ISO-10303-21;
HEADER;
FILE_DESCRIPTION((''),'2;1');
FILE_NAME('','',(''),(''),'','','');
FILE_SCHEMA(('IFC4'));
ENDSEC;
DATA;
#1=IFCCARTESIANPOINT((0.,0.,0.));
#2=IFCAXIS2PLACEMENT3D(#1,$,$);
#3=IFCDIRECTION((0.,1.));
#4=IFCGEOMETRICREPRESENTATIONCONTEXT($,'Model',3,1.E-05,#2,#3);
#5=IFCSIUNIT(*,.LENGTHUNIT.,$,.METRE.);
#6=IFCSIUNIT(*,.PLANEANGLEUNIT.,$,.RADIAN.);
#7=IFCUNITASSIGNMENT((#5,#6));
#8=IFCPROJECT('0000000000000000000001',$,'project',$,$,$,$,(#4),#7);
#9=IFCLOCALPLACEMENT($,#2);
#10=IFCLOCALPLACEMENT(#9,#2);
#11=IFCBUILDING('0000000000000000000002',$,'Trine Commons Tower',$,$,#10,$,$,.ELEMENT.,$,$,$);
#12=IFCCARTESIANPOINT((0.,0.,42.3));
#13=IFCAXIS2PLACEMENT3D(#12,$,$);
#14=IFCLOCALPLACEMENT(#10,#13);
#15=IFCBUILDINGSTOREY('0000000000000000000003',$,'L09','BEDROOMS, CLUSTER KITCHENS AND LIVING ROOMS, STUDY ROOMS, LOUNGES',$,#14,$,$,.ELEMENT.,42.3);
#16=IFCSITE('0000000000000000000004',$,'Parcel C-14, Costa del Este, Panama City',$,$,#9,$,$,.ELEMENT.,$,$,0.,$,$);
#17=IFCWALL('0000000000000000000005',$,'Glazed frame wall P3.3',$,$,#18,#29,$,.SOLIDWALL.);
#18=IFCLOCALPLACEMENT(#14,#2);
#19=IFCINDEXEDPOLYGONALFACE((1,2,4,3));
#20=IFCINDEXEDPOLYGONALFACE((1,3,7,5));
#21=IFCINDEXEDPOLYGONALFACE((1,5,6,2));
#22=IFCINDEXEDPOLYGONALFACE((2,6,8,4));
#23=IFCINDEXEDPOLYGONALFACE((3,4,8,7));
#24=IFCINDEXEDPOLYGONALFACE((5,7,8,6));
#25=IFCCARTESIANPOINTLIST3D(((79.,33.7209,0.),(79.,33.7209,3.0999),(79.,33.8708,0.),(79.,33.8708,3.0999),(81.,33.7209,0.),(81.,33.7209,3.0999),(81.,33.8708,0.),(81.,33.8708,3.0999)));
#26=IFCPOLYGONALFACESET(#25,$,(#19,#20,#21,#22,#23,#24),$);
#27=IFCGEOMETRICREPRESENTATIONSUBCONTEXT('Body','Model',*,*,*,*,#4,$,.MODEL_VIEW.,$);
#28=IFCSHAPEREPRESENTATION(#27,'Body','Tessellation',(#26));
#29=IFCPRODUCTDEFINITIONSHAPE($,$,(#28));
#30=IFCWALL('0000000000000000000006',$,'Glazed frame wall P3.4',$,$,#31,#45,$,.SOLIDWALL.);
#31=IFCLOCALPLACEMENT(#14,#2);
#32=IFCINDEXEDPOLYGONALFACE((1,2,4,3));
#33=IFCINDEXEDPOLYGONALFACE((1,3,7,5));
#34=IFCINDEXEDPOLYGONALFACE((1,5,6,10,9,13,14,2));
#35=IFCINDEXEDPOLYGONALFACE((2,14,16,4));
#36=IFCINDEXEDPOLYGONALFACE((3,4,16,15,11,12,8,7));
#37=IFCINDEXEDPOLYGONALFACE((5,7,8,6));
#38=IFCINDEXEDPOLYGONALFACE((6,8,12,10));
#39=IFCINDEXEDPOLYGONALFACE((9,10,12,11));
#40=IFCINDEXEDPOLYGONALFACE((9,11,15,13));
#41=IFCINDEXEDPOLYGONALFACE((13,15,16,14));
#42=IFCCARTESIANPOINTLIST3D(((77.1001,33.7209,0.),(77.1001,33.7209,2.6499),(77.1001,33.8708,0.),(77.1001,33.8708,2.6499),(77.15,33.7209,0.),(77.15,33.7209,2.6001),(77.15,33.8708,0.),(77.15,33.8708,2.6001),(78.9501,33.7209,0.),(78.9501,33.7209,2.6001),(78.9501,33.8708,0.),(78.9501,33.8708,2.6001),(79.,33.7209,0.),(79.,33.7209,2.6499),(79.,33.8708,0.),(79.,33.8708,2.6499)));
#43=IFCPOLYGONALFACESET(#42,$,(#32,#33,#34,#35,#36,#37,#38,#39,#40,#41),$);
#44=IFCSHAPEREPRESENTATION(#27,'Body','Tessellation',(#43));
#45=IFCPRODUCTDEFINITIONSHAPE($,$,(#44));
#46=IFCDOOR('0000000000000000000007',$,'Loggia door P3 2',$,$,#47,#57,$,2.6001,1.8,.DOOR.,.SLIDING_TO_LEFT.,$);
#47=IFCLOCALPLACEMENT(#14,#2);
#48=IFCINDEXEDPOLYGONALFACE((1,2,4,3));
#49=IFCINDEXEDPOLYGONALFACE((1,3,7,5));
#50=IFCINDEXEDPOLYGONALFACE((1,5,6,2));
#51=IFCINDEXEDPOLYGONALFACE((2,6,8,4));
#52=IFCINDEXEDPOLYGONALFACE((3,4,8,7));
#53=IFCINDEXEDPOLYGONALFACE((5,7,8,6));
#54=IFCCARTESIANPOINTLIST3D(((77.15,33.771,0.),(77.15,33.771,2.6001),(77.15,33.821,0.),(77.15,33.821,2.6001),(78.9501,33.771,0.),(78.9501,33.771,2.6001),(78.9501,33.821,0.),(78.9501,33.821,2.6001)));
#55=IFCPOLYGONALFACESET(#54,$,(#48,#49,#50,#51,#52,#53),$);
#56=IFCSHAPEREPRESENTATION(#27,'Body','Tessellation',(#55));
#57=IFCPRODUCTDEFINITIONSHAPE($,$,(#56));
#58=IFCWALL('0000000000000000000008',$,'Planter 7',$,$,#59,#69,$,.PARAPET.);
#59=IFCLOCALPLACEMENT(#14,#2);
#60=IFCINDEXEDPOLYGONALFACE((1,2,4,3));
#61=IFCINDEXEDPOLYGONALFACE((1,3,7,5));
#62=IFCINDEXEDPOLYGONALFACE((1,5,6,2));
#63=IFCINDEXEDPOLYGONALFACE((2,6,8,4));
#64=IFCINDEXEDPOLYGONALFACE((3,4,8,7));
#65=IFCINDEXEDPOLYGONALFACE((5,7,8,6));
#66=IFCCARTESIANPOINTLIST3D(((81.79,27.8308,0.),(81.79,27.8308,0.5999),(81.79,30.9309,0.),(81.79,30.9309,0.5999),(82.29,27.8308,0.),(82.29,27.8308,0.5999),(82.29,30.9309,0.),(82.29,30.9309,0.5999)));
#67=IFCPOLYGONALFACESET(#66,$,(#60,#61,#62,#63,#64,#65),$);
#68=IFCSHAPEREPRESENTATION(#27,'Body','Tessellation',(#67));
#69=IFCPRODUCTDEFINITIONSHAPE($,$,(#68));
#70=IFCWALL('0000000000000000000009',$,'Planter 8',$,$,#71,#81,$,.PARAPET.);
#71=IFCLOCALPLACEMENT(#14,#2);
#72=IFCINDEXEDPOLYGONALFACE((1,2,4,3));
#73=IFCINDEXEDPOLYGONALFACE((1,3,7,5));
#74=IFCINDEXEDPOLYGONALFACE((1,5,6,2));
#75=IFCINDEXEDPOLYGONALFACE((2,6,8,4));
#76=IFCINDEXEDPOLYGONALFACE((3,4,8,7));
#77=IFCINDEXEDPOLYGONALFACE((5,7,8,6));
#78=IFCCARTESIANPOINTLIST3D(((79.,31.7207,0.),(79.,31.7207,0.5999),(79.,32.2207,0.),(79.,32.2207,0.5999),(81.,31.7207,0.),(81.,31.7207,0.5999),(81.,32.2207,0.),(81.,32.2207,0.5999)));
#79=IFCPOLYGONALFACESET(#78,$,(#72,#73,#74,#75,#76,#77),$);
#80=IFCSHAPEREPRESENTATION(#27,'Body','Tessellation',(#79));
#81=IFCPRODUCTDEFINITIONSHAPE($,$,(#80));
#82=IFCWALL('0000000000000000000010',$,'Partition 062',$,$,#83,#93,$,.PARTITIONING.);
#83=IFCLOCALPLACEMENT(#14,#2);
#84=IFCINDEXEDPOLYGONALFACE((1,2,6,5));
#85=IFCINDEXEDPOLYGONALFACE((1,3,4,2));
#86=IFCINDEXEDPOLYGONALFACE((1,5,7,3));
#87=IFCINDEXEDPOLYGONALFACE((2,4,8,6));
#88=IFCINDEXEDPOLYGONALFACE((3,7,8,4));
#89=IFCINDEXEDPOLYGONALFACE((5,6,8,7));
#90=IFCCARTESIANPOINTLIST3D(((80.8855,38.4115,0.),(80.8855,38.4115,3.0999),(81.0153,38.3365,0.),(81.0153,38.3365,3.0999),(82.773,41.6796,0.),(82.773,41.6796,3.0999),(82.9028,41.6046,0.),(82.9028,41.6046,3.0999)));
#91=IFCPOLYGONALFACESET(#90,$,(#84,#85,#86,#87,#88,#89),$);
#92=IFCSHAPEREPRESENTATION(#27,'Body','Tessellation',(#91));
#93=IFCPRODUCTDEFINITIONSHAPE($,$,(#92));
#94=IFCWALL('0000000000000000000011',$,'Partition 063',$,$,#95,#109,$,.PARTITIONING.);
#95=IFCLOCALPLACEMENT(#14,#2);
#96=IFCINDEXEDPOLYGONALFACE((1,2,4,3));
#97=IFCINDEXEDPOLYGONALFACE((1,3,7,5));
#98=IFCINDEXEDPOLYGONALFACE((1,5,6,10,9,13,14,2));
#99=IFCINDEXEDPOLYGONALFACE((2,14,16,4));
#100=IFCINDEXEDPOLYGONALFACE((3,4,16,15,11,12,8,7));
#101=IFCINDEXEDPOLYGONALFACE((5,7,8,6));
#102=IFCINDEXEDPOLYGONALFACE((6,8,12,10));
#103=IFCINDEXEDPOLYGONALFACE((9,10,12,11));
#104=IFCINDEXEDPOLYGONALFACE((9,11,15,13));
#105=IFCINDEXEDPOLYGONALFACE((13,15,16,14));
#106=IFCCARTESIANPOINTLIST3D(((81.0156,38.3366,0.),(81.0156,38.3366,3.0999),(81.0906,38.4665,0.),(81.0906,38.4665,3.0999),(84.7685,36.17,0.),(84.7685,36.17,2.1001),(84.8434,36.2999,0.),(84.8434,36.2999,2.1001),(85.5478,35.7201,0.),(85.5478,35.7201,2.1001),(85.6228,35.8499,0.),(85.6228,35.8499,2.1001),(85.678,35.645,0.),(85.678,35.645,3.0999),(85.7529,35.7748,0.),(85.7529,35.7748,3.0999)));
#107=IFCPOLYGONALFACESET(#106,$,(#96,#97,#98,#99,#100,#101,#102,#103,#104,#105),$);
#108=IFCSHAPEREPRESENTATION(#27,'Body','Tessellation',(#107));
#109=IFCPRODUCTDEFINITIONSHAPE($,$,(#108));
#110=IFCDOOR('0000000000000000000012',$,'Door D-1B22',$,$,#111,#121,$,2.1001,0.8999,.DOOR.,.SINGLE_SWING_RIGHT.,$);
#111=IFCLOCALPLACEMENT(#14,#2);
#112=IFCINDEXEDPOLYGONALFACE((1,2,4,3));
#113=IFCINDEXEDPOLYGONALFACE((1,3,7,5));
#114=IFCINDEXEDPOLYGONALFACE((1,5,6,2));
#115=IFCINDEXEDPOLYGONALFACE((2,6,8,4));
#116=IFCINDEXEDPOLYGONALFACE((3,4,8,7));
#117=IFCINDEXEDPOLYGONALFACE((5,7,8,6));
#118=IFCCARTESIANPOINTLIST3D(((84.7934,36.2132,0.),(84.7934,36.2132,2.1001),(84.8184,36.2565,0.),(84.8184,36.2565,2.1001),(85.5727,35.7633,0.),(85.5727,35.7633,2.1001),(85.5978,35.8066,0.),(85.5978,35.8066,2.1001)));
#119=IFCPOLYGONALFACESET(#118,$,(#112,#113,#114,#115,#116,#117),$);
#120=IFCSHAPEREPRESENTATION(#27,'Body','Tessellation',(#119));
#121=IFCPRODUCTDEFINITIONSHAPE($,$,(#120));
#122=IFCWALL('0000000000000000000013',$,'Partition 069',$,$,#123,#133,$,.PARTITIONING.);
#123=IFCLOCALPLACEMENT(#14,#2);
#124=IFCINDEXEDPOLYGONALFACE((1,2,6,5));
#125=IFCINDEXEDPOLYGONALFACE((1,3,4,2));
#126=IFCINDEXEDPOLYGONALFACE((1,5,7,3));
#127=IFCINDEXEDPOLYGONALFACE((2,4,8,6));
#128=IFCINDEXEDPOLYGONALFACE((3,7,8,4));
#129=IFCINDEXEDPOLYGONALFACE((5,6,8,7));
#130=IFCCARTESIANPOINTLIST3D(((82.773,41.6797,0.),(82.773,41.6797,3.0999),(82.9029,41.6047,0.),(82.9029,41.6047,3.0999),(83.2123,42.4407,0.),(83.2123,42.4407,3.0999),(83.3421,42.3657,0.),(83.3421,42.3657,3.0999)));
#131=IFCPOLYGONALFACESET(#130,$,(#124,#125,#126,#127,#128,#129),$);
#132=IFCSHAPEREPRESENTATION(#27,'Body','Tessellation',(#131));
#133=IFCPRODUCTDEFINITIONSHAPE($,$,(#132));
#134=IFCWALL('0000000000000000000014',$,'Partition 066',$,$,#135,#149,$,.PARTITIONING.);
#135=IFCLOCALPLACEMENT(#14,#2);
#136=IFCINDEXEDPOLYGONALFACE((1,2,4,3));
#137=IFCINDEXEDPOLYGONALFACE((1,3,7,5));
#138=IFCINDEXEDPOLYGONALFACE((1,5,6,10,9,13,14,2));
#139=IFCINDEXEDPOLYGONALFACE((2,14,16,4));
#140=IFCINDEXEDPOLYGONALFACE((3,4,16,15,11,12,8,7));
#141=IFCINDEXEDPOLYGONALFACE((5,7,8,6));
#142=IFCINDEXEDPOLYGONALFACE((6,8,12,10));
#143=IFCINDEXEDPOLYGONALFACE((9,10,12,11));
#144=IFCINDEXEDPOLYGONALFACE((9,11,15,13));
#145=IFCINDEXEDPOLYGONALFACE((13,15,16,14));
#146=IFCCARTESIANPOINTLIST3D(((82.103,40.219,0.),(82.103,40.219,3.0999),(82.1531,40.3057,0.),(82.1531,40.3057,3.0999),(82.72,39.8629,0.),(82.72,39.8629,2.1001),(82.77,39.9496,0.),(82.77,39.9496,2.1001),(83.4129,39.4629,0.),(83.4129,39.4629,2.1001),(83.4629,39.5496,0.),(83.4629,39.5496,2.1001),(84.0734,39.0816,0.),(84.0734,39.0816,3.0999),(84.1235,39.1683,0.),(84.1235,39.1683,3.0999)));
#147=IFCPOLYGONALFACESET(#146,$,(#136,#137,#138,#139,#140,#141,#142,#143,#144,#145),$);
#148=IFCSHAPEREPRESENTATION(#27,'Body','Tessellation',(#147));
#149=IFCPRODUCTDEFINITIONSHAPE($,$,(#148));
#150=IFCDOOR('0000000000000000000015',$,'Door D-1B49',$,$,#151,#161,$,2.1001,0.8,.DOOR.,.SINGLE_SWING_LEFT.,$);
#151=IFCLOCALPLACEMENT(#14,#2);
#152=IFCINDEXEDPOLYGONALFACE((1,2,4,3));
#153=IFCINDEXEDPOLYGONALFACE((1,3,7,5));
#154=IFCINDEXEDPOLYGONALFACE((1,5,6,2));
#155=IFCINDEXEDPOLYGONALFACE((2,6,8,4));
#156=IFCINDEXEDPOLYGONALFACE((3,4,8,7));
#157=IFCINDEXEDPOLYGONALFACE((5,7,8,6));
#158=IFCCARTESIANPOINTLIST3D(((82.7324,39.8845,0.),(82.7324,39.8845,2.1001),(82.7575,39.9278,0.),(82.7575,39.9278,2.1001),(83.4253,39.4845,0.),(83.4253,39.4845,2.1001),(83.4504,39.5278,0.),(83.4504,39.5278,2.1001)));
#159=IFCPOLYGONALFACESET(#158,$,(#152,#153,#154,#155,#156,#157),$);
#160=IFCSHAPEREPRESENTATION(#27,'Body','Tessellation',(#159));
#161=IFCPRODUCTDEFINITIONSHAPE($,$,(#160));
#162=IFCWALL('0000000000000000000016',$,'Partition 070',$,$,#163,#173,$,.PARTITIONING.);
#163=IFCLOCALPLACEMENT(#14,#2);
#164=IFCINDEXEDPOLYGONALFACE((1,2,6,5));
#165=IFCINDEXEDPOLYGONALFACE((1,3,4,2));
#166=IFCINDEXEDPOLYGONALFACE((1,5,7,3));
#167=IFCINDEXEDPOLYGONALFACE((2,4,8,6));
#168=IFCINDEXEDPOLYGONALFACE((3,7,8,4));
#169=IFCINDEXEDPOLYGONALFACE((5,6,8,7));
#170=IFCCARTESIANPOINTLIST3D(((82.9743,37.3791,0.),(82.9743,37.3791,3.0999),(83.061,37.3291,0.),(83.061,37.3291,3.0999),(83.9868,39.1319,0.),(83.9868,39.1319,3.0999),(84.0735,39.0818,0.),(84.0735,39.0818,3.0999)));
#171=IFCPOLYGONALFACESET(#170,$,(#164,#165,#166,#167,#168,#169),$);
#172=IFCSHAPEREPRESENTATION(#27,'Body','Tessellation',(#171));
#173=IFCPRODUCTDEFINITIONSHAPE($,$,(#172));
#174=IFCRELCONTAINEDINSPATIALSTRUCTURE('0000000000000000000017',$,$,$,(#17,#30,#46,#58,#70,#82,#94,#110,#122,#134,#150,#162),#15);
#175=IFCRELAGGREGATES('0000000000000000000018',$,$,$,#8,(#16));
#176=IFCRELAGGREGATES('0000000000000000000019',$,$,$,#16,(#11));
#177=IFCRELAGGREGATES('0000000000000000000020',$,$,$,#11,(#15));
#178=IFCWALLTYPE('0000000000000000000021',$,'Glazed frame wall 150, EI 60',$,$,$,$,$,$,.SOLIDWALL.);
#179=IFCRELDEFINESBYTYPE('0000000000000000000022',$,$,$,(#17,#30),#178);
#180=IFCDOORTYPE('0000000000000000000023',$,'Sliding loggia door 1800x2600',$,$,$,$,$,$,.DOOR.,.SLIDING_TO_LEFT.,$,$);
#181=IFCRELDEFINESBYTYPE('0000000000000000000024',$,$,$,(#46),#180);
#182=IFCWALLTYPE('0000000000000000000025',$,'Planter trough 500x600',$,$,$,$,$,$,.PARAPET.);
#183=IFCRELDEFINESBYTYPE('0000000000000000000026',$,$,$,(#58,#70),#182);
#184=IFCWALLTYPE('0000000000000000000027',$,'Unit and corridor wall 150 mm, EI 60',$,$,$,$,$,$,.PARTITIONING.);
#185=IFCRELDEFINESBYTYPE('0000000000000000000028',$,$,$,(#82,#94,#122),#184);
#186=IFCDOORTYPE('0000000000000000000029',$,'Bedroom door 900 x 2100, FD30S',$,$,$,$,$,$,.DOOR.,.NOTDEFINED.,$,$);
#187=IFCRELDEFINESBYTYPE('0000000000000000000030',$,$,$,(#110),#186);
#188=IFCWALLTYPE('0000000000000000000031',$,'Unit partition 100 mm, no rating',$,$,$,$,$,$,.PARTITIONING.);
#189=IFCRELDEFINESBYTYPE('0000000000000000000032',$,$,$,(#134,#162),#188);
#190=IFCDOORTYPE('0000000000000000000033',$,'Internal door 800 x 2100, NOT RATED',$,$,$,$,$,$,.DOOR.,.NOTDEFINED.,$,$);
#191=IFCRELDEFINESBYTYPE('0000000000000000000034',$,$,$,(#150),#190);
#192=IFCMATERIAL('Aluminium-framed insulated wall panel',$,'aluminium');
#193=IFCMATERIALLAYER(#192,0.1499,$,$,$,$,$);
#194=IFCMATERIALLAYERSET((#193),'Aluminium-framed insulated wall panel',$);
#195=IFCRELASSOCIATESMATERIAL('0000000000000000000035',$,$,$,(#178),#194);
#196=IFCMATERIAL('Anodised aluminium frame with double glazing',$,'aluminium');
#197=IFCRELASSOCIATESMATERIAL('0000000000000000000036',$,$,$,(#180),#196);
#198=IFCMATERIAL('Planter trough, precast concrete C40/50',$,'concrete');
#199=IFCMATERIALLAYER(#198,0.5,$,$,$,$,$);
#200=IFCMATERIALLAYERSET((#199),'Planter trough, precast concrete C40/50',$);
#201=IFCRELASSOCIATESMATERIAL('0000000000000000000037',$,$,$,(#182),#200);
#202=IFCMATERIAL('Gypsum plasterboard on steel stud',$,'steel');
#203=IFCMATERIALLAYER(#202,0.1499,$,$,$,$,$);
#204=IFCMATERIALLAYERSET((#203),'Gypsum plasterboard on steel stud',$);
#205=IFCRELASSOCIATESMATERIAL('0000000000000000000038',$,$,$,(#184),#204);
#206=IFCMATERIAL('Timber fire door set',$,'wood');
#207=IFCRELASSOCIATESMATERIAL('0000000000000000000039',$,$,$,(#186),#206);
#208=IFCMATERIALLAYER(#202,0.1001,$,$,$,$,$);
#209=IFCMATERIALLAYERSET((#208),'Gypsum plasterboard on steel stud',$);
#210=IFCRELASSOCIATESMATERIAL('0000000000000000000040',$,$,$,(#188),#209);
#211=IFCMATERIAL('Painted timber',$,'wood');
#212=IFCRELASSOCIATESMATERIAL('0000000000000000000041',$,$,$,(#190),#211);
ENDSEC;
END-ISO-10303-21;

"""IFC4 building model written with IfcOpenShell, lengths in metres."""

from ifc_helpers import new_model, si_unit, direction, frame, frame_2d, origin, place, context, subcontext, project, spatial, polyline, rectangle, outline, extrude, material, layer, layer_set, type_object, element, fill, save


model = new_model("IFC4")

# Units and contexts
model_context = context("Model", 3, precision=1e-05, world=origin(), true_north=direction((0.0, 1.0)))
body_context = subcontext(model_context, "Body", "Model", "MODEL_VIEW")
ifc_project = project(units=[si_unit("LENGTHUNIT", "METRE"), si_unit("PLANEANGLEUNIT", "RADIAN")], contexts=[model_context])

# Site, building, storey
site_placement = place(None, origin())
site = spatial("IfcSite", under=ifc_project, at=site_placement, Name="Parcel C-14, Costa del Este, Panama City", CompositionType="ELEMENT", RefElevation=0.0)
building_placement = place(site_placement, origin())
building = spatial("IfcBuilding", under=site, at=building_placement, Name="Trine Commons Tower", CompositionType="ELEMENT")
storey_placement = place(building_placement, frame((0.0, 0.0, 42.3)))
storey = spatial("IfcBuildingStorey", under=building, at=storey_placement, Name="L09", Description="BEDROOMS, CLUSTER KITCHENS AND LIVING ROOMS, STUDY ROOMS, LOUNGES", CompositionType="ELEMENT", Elevation=42.3)

# Shared definitions
ifc_material_1 = material(Name="Aluminium-framed insulated wall panel", Category="aluminium")
ifc_layer_1 = layer(ifc_material_1, 0.1499)
ifc_layer_set_1 = layer_set([ifc_layer_1], Name="Aluminium-framed insulated wall panel")
wall_type_1 = type_object("IfcWallType", Name="Glazed frame wall 150, EI 60", PredefinedType="SOLIDWALL", material=ifc_layer_set_1)

# Shared definitions
ifc_material_2 = material(Name="Anodised aluminium frame with double glazing", Category="aluminium")
door_type_1 = type_object("IfcDoorType", Name="Sliding loggia door 1800x2600", OperationType="SLIDING_TO_LEFT", PredefinedType="DOOR", material=ifc_material_2)

# Wall
wall_1_placement = place(storey_placement, frame((81.0, 33.7959, 0.0), z_axis=(0.0, 0.0, 1.0), x_axis=(-1.0, 0.0, 0.0)))
element("IfcWall", 1, at=wall_1_placement, inside=storey, type_object=wall_type_1, Name="Glazed frame wall P3.3", PredefinedType="SOLIDWALL", context=body_context, shape_type="SweptSolid", body=[
    extrude(outline(polyline([(0.0, -0.075), (2.0, -0.075), (2.0, 0.075), (0.0, 0.075), (0.0, -0.075)])), origin(), (0.0, 0.0, 1.0), 3.0999),
])

# Wall, opening, door
wall_2_placement = place(storey_placement, frame((79.0, 33.7959, 0.0), z_axis=(0.0, 0.0, 1.0), x_axis=(-1.0, 0.0, 0.0)))
wall_2 = element("IfcWall", 2, at=wall_2_placement, inside=storey, type_object=wall_type_1, Name="Glazed frame wall P3.4", PredefinedType="SOLIDWALL", context=body_context, shape_type="SweptSolid", body=[
    extrude(outline(polyline([(0.0, -0.075), (1.8999, -0.075), (1.8999, 0.075), (0.0, 0.075), (0.0, -0.075)])), origin(), (0.0, 0.0, 1.0), 2.6499),
])
opening_1_placement = place(wall_2_placement, frame((0.05, 0.0, 0.0)))
opening_1 = element("IfcOpeningElement", 3, at=opening_1_placement, cuts=wall_2, PredefinedType="OPENING", context=body_context, shape_type="SweptSolid", body=[
    extrude(rectangle(XDim=1.8, YDim=2.6001, at=frame_2d((0.8999, 1.3))), frame((0.0, 0.085, 0.0), z_axis=(0.0, -1.0, 0.0), x_axis=(1.0, 0.0, 0.0)), (0.0, 0.0, 1.0), 0.1699),
])
door_1_placement = place(opening_1_placement, origin())
door_1 = element("IfcDoor", 4, at=door_1_placement, inside=storey, type_object=door_type_1, Name="Loggia door P3 2", OperationType="SLIDING_TO_LEFT", OverallHeight=2.6001, OverallWidth=1.8, PredefinedType="DOOR", context=body_context, shape_type="SweptSolid", body=[
    extrude(rectangle(XDim=1.8, YDim=2.6001, at=frame_2d((0.8999, 1.3))), frame((0.0, 0.0249, 0.0), z_axis=(0.0, -1.0, 0.0), x_axis=(1.0, 0.0, 0.0)), (0.0, 0.0, 1.0), 0.05),
])
fill(opening_1, door_1)

# Walls
ifc_material_3 = material(Name="Planter trough, precast concrete C40/50", Category="concrete")
ifc_layer_2 = layer(ifc_material_3, 0.5)
ifc_layer_set_2 = layer_set([ifc_layer_2], Name="Planter trough, precast concrete C40/50")
wall_type_2 = type_object("IfcWallType", Name="Planter trough 500x600", PredefinedType="PARAPET", material=ifc_layer_set_2)
wall_3_placement = place(storey_placement, frame((82.04, 27.8308, 0.0), z_axis=(0.0, 0.0, 1.0), x_axis=(0.0, 1.0, 0.0)))
element("IfcWall", 5, at=wall_3_placement, inside=storey, type_object=wall_type_2, Name="Planter 7", PredefinedType="PARAPET", context=body_context, shape_type="SweptSolid", body=[
    extrude(rectangle(XDim=3.1001, YDim=0.5, at=frame_2d((1.55, 0.0))), origin(), (0.0, 0.0, 1.0), 0.5999),
])
wall_4_placement = place(storey_placement, frame((81.0, 31.9707, 0.0), z_axis=(0.0, 0.0, 1.0), x_axis=(-1.0, 0.0, 0.0)))
element("IfcWall", 6, at=wall_4_placement, inside=storey, type_object=wall_type_2, Name="Planter 8", PredefinedType="PARAPET", context=body_context, shape_type="SweptSolid", body=[
    extrude(rectangle(XDim=2.0, YDim=0.5, at=frame_2d((1.0, 0.0))), origin(), (0.0, 0.0, 1.0), 0.5999),
])
ifc_material_4 = material(Name="Gypsum plasterboard on steel stud", Category="steel")
ifc_layer_3 = layer(ifc_material_4, 0.1499)
ifc_layer_set_3 = layer_set([ifc_layer_3], Name="Gypsum plasterboard on steel stud")
wall_type_3 = type_object("IfcWallType", Name="Unit and corridor wall 150 mm, EI 60", PredefinedType="PARTITIONING", material=ifc_layer_set_3)
wall_5_placement = place(storey_placement, frame((80.9504, 38.374, 0.0), z_axis=(0.0, 0.0, 1.0), x_axis=(0.500126, 0.865953, 0.0)))
element("IfcWall", 7, at=wall_5_placement, inside=storey, type_object=wall_type_3, Name="Partition 062", PredefinedType="PARTITIONING", context=body_context, shape_type="SweptSolid", body=[
    extrude(rectangle(XDim=3.7739, YDim=0.1499, at=frame_2d((1.887, 0.0))), origin(), (0.0, 0.0, 1.0), 3.0999),
])

# Wall, opening, door
wall_6_placement = place(storey_placement, frame((81.053, 38.4016, 0.0), z_axis=(0.0, 0.0, 1.0), x_axis=(0.866038, -0.499978, 0.0)))
wall_6 = element("IfcWall", 8, at=wall_6_placement, inside=storey, type_object=wall_type_3, Name="Partition 063", PredefinedType="PARTITIONING", context=body_context, shape_type="SweptSolid", body=[
    extrude(rectangle(XDim=5.3835, YDim=0.1499, at=frame_2d((2.6919, 0.0))), origin(), (0.0, 0.0, 1.0), 3.0999),
])
opening_2_placement = place(wall_6_placement, frame((4.3335, 0.0, 0.0)))
opening_2 = element("IfcOpeningElement", 9, at=opening_2_placement, cuts=wall_6, PredefinedType="OPENING", context=body_context, shape_type="SweptSolid", body=[
    extrude(rectangle(XDim=0.8999, YDim=2.1001, at=frame_2d((0.45, 1.05))), frame((0.0, 0.085, 0.0), z_axis=(0.0, -1.0, 0.0), x_axis=(1.0, 0.0, 0.0)), (0.0, 0.0, 1.0), 0.1699),
])
ifc_material_5 = material(Name="Timber fire door set", Category="wood")
door_type_2 = type_object("IfcDoorType", Name="Bedroom door 900 x 2100, FD30S", OperationType="NOTDEFINED", PredefinedType="DOOR", material=ifc_material_5)
door_2_placement = place(opening_2_placement, origin())
door_2 = element("IfcDoor", 10, at=door_2_placement, inside=storey, type_object=door_type_2, Name="Door D-1B22", OperationType="SINGLE_SWING_RIGHT", OverallHeight=2.1001, OverallWidth=0.8999, PredefinedType="DOOR", context=body_context, shape_type="SweptSolid", body=[
    extrude(rectangle(XDim=0.8999, YDim=2.1001, at=frame_2d((0.45, 1.05))), frame((0.0, 0.0249, 0.0), z_axis=(0.0, -1.0, 0.0), x_axis=(1.0, 0.0, 0.0)), (0.0, 0.0, 1.0), 0.05),
])
fill(opening_2, door_2)

# Wall
wall_7_placement = place(storey_placement, frame((82.8379, 41.6421, 0.0), z_axis=(0.0, 0.0, 1.0), x_axis=(0.499875, 0.866098, 0.0)))
element("IfcWall", 11, at=wall_7_placement, inside=storey, type_object=wall_type_3, Name="Partition 069", PredefinedType="PARTITIONING", context=body_context, shape_type="SweptSolid", body=[
    extrude(rectangle(XDim=0.8787, YDim=0.1499, at=frame_2d((0.4395, 0.0))), origin(), (0.0, 0.0, 1.0), 3.0999),
])

# Wall, opening, door
ifc_layer_4 = layer(ifc_material_4, 0.1001)
ifc_layer_set_4 = layer_set([ifc_layer_4], Name="Gypsum plasterboard on steel stud")
wall_type_4 = type_object("IfcWallType", Name="Unit partition 100 mm, no rating", PredefinedType="PARTITIONING", material=ifc_layer_set_4)
wall_8_placement = place(storey_placement, frame((82.1279, 40.2625, 0.0), z_axis=(0.0, 0.0, 1.0), x_axis=(0.866062, -0.499936, 0.0)))
wall_8 = element("IfcWall", 12, at=wall_8_placement, inside=storey, type_object=wall_type_4, Name="Partition 066", PredefinedType="PARTITIONING", context=body_context, shape_type="SweptSolid", body=[
    extrude(rectangle(XDim=2.2751, YDim=0.1001, at=frame_2d((1.1377, 0.0))), origin(), (0.0, 0.0, 1.0), 3.0999),
])
opening_3_placement = place(wall_8_placement, frame((0.7126, 0.0, 0.0)))
opening_3 = element("IfcOpeningElement", 13, at=opening_3_placement, cuts=wall_8, PredefinedType="OPENING", context=body_context, shape_type="SweptSolid", body=[
    extrude(rectangle(XDim=0.8, YDim=2.1001, at=frame_2d((0.3999, 1.05))), frame((0.0, 0.0601, 0.0), z_axis=(0.0, -1.0, 0.0), x_axis=(1.0, 0.0, 0.0)), (0.0, 0.0, 1.0), 0.1201),
])
ifc_material_6 = material(Name="Painted timber", Category="wood")
door_type_3 = type_object("IfcDoorType", Name="Internal door 800 x 2100, NOT RATED", OperationType="NOTDEFINED", PredefinedType="DOOR", material=ifc_material_6)
door_3_placement = place(opening_3_placement, origin())
door_3 = element("IfcDoor", 14, at=door_3_placement, inside=storey, type_object=door_type_3, Name="Door D-1B49", OperationType="SINGLE_SWING_LEFT", OverallHeight=2.1001, OverallWidth=0.8, PredefinedType="DOOR", context=body_context, shape_type="SweptSolid", body=[
    extrude(rectangle(XDim=0.8, YDim=2.1001, at=frame_2d((0.3999, 1.05))), frame((0.0, 0.0249, 0.0), z_axis=(0.0, -1.0, 0.0), x_axis=(1.0, 0.0, 0.0)), (0.0, 0.0, 1.0), 0.05),
])
fill(opening_3, door_3)

# Wall
wall_9_placement = place(storey_placement, frame((83.0176, 37.354, 0.0), z_axis=(0.0, 0.0, 1.0), x_axis=(0.500199, 0.86591, 0.0)))
element("IfcWall", 15, at=wall_9_placement, inside=storey, type_object=wall_type_4, Name="Partition 070", PredefinedType="PARTITIONING", context=body_context, shape_type="SweptSolid", body=[
    extrude(rectangle(XDim=2.0242, YDim=0.1001, at=frame_2d((1.0122, 0.0))), origin(), (0.0, 0.0, 1.0), 3.0999),
])

save(model, "model.ifc")
